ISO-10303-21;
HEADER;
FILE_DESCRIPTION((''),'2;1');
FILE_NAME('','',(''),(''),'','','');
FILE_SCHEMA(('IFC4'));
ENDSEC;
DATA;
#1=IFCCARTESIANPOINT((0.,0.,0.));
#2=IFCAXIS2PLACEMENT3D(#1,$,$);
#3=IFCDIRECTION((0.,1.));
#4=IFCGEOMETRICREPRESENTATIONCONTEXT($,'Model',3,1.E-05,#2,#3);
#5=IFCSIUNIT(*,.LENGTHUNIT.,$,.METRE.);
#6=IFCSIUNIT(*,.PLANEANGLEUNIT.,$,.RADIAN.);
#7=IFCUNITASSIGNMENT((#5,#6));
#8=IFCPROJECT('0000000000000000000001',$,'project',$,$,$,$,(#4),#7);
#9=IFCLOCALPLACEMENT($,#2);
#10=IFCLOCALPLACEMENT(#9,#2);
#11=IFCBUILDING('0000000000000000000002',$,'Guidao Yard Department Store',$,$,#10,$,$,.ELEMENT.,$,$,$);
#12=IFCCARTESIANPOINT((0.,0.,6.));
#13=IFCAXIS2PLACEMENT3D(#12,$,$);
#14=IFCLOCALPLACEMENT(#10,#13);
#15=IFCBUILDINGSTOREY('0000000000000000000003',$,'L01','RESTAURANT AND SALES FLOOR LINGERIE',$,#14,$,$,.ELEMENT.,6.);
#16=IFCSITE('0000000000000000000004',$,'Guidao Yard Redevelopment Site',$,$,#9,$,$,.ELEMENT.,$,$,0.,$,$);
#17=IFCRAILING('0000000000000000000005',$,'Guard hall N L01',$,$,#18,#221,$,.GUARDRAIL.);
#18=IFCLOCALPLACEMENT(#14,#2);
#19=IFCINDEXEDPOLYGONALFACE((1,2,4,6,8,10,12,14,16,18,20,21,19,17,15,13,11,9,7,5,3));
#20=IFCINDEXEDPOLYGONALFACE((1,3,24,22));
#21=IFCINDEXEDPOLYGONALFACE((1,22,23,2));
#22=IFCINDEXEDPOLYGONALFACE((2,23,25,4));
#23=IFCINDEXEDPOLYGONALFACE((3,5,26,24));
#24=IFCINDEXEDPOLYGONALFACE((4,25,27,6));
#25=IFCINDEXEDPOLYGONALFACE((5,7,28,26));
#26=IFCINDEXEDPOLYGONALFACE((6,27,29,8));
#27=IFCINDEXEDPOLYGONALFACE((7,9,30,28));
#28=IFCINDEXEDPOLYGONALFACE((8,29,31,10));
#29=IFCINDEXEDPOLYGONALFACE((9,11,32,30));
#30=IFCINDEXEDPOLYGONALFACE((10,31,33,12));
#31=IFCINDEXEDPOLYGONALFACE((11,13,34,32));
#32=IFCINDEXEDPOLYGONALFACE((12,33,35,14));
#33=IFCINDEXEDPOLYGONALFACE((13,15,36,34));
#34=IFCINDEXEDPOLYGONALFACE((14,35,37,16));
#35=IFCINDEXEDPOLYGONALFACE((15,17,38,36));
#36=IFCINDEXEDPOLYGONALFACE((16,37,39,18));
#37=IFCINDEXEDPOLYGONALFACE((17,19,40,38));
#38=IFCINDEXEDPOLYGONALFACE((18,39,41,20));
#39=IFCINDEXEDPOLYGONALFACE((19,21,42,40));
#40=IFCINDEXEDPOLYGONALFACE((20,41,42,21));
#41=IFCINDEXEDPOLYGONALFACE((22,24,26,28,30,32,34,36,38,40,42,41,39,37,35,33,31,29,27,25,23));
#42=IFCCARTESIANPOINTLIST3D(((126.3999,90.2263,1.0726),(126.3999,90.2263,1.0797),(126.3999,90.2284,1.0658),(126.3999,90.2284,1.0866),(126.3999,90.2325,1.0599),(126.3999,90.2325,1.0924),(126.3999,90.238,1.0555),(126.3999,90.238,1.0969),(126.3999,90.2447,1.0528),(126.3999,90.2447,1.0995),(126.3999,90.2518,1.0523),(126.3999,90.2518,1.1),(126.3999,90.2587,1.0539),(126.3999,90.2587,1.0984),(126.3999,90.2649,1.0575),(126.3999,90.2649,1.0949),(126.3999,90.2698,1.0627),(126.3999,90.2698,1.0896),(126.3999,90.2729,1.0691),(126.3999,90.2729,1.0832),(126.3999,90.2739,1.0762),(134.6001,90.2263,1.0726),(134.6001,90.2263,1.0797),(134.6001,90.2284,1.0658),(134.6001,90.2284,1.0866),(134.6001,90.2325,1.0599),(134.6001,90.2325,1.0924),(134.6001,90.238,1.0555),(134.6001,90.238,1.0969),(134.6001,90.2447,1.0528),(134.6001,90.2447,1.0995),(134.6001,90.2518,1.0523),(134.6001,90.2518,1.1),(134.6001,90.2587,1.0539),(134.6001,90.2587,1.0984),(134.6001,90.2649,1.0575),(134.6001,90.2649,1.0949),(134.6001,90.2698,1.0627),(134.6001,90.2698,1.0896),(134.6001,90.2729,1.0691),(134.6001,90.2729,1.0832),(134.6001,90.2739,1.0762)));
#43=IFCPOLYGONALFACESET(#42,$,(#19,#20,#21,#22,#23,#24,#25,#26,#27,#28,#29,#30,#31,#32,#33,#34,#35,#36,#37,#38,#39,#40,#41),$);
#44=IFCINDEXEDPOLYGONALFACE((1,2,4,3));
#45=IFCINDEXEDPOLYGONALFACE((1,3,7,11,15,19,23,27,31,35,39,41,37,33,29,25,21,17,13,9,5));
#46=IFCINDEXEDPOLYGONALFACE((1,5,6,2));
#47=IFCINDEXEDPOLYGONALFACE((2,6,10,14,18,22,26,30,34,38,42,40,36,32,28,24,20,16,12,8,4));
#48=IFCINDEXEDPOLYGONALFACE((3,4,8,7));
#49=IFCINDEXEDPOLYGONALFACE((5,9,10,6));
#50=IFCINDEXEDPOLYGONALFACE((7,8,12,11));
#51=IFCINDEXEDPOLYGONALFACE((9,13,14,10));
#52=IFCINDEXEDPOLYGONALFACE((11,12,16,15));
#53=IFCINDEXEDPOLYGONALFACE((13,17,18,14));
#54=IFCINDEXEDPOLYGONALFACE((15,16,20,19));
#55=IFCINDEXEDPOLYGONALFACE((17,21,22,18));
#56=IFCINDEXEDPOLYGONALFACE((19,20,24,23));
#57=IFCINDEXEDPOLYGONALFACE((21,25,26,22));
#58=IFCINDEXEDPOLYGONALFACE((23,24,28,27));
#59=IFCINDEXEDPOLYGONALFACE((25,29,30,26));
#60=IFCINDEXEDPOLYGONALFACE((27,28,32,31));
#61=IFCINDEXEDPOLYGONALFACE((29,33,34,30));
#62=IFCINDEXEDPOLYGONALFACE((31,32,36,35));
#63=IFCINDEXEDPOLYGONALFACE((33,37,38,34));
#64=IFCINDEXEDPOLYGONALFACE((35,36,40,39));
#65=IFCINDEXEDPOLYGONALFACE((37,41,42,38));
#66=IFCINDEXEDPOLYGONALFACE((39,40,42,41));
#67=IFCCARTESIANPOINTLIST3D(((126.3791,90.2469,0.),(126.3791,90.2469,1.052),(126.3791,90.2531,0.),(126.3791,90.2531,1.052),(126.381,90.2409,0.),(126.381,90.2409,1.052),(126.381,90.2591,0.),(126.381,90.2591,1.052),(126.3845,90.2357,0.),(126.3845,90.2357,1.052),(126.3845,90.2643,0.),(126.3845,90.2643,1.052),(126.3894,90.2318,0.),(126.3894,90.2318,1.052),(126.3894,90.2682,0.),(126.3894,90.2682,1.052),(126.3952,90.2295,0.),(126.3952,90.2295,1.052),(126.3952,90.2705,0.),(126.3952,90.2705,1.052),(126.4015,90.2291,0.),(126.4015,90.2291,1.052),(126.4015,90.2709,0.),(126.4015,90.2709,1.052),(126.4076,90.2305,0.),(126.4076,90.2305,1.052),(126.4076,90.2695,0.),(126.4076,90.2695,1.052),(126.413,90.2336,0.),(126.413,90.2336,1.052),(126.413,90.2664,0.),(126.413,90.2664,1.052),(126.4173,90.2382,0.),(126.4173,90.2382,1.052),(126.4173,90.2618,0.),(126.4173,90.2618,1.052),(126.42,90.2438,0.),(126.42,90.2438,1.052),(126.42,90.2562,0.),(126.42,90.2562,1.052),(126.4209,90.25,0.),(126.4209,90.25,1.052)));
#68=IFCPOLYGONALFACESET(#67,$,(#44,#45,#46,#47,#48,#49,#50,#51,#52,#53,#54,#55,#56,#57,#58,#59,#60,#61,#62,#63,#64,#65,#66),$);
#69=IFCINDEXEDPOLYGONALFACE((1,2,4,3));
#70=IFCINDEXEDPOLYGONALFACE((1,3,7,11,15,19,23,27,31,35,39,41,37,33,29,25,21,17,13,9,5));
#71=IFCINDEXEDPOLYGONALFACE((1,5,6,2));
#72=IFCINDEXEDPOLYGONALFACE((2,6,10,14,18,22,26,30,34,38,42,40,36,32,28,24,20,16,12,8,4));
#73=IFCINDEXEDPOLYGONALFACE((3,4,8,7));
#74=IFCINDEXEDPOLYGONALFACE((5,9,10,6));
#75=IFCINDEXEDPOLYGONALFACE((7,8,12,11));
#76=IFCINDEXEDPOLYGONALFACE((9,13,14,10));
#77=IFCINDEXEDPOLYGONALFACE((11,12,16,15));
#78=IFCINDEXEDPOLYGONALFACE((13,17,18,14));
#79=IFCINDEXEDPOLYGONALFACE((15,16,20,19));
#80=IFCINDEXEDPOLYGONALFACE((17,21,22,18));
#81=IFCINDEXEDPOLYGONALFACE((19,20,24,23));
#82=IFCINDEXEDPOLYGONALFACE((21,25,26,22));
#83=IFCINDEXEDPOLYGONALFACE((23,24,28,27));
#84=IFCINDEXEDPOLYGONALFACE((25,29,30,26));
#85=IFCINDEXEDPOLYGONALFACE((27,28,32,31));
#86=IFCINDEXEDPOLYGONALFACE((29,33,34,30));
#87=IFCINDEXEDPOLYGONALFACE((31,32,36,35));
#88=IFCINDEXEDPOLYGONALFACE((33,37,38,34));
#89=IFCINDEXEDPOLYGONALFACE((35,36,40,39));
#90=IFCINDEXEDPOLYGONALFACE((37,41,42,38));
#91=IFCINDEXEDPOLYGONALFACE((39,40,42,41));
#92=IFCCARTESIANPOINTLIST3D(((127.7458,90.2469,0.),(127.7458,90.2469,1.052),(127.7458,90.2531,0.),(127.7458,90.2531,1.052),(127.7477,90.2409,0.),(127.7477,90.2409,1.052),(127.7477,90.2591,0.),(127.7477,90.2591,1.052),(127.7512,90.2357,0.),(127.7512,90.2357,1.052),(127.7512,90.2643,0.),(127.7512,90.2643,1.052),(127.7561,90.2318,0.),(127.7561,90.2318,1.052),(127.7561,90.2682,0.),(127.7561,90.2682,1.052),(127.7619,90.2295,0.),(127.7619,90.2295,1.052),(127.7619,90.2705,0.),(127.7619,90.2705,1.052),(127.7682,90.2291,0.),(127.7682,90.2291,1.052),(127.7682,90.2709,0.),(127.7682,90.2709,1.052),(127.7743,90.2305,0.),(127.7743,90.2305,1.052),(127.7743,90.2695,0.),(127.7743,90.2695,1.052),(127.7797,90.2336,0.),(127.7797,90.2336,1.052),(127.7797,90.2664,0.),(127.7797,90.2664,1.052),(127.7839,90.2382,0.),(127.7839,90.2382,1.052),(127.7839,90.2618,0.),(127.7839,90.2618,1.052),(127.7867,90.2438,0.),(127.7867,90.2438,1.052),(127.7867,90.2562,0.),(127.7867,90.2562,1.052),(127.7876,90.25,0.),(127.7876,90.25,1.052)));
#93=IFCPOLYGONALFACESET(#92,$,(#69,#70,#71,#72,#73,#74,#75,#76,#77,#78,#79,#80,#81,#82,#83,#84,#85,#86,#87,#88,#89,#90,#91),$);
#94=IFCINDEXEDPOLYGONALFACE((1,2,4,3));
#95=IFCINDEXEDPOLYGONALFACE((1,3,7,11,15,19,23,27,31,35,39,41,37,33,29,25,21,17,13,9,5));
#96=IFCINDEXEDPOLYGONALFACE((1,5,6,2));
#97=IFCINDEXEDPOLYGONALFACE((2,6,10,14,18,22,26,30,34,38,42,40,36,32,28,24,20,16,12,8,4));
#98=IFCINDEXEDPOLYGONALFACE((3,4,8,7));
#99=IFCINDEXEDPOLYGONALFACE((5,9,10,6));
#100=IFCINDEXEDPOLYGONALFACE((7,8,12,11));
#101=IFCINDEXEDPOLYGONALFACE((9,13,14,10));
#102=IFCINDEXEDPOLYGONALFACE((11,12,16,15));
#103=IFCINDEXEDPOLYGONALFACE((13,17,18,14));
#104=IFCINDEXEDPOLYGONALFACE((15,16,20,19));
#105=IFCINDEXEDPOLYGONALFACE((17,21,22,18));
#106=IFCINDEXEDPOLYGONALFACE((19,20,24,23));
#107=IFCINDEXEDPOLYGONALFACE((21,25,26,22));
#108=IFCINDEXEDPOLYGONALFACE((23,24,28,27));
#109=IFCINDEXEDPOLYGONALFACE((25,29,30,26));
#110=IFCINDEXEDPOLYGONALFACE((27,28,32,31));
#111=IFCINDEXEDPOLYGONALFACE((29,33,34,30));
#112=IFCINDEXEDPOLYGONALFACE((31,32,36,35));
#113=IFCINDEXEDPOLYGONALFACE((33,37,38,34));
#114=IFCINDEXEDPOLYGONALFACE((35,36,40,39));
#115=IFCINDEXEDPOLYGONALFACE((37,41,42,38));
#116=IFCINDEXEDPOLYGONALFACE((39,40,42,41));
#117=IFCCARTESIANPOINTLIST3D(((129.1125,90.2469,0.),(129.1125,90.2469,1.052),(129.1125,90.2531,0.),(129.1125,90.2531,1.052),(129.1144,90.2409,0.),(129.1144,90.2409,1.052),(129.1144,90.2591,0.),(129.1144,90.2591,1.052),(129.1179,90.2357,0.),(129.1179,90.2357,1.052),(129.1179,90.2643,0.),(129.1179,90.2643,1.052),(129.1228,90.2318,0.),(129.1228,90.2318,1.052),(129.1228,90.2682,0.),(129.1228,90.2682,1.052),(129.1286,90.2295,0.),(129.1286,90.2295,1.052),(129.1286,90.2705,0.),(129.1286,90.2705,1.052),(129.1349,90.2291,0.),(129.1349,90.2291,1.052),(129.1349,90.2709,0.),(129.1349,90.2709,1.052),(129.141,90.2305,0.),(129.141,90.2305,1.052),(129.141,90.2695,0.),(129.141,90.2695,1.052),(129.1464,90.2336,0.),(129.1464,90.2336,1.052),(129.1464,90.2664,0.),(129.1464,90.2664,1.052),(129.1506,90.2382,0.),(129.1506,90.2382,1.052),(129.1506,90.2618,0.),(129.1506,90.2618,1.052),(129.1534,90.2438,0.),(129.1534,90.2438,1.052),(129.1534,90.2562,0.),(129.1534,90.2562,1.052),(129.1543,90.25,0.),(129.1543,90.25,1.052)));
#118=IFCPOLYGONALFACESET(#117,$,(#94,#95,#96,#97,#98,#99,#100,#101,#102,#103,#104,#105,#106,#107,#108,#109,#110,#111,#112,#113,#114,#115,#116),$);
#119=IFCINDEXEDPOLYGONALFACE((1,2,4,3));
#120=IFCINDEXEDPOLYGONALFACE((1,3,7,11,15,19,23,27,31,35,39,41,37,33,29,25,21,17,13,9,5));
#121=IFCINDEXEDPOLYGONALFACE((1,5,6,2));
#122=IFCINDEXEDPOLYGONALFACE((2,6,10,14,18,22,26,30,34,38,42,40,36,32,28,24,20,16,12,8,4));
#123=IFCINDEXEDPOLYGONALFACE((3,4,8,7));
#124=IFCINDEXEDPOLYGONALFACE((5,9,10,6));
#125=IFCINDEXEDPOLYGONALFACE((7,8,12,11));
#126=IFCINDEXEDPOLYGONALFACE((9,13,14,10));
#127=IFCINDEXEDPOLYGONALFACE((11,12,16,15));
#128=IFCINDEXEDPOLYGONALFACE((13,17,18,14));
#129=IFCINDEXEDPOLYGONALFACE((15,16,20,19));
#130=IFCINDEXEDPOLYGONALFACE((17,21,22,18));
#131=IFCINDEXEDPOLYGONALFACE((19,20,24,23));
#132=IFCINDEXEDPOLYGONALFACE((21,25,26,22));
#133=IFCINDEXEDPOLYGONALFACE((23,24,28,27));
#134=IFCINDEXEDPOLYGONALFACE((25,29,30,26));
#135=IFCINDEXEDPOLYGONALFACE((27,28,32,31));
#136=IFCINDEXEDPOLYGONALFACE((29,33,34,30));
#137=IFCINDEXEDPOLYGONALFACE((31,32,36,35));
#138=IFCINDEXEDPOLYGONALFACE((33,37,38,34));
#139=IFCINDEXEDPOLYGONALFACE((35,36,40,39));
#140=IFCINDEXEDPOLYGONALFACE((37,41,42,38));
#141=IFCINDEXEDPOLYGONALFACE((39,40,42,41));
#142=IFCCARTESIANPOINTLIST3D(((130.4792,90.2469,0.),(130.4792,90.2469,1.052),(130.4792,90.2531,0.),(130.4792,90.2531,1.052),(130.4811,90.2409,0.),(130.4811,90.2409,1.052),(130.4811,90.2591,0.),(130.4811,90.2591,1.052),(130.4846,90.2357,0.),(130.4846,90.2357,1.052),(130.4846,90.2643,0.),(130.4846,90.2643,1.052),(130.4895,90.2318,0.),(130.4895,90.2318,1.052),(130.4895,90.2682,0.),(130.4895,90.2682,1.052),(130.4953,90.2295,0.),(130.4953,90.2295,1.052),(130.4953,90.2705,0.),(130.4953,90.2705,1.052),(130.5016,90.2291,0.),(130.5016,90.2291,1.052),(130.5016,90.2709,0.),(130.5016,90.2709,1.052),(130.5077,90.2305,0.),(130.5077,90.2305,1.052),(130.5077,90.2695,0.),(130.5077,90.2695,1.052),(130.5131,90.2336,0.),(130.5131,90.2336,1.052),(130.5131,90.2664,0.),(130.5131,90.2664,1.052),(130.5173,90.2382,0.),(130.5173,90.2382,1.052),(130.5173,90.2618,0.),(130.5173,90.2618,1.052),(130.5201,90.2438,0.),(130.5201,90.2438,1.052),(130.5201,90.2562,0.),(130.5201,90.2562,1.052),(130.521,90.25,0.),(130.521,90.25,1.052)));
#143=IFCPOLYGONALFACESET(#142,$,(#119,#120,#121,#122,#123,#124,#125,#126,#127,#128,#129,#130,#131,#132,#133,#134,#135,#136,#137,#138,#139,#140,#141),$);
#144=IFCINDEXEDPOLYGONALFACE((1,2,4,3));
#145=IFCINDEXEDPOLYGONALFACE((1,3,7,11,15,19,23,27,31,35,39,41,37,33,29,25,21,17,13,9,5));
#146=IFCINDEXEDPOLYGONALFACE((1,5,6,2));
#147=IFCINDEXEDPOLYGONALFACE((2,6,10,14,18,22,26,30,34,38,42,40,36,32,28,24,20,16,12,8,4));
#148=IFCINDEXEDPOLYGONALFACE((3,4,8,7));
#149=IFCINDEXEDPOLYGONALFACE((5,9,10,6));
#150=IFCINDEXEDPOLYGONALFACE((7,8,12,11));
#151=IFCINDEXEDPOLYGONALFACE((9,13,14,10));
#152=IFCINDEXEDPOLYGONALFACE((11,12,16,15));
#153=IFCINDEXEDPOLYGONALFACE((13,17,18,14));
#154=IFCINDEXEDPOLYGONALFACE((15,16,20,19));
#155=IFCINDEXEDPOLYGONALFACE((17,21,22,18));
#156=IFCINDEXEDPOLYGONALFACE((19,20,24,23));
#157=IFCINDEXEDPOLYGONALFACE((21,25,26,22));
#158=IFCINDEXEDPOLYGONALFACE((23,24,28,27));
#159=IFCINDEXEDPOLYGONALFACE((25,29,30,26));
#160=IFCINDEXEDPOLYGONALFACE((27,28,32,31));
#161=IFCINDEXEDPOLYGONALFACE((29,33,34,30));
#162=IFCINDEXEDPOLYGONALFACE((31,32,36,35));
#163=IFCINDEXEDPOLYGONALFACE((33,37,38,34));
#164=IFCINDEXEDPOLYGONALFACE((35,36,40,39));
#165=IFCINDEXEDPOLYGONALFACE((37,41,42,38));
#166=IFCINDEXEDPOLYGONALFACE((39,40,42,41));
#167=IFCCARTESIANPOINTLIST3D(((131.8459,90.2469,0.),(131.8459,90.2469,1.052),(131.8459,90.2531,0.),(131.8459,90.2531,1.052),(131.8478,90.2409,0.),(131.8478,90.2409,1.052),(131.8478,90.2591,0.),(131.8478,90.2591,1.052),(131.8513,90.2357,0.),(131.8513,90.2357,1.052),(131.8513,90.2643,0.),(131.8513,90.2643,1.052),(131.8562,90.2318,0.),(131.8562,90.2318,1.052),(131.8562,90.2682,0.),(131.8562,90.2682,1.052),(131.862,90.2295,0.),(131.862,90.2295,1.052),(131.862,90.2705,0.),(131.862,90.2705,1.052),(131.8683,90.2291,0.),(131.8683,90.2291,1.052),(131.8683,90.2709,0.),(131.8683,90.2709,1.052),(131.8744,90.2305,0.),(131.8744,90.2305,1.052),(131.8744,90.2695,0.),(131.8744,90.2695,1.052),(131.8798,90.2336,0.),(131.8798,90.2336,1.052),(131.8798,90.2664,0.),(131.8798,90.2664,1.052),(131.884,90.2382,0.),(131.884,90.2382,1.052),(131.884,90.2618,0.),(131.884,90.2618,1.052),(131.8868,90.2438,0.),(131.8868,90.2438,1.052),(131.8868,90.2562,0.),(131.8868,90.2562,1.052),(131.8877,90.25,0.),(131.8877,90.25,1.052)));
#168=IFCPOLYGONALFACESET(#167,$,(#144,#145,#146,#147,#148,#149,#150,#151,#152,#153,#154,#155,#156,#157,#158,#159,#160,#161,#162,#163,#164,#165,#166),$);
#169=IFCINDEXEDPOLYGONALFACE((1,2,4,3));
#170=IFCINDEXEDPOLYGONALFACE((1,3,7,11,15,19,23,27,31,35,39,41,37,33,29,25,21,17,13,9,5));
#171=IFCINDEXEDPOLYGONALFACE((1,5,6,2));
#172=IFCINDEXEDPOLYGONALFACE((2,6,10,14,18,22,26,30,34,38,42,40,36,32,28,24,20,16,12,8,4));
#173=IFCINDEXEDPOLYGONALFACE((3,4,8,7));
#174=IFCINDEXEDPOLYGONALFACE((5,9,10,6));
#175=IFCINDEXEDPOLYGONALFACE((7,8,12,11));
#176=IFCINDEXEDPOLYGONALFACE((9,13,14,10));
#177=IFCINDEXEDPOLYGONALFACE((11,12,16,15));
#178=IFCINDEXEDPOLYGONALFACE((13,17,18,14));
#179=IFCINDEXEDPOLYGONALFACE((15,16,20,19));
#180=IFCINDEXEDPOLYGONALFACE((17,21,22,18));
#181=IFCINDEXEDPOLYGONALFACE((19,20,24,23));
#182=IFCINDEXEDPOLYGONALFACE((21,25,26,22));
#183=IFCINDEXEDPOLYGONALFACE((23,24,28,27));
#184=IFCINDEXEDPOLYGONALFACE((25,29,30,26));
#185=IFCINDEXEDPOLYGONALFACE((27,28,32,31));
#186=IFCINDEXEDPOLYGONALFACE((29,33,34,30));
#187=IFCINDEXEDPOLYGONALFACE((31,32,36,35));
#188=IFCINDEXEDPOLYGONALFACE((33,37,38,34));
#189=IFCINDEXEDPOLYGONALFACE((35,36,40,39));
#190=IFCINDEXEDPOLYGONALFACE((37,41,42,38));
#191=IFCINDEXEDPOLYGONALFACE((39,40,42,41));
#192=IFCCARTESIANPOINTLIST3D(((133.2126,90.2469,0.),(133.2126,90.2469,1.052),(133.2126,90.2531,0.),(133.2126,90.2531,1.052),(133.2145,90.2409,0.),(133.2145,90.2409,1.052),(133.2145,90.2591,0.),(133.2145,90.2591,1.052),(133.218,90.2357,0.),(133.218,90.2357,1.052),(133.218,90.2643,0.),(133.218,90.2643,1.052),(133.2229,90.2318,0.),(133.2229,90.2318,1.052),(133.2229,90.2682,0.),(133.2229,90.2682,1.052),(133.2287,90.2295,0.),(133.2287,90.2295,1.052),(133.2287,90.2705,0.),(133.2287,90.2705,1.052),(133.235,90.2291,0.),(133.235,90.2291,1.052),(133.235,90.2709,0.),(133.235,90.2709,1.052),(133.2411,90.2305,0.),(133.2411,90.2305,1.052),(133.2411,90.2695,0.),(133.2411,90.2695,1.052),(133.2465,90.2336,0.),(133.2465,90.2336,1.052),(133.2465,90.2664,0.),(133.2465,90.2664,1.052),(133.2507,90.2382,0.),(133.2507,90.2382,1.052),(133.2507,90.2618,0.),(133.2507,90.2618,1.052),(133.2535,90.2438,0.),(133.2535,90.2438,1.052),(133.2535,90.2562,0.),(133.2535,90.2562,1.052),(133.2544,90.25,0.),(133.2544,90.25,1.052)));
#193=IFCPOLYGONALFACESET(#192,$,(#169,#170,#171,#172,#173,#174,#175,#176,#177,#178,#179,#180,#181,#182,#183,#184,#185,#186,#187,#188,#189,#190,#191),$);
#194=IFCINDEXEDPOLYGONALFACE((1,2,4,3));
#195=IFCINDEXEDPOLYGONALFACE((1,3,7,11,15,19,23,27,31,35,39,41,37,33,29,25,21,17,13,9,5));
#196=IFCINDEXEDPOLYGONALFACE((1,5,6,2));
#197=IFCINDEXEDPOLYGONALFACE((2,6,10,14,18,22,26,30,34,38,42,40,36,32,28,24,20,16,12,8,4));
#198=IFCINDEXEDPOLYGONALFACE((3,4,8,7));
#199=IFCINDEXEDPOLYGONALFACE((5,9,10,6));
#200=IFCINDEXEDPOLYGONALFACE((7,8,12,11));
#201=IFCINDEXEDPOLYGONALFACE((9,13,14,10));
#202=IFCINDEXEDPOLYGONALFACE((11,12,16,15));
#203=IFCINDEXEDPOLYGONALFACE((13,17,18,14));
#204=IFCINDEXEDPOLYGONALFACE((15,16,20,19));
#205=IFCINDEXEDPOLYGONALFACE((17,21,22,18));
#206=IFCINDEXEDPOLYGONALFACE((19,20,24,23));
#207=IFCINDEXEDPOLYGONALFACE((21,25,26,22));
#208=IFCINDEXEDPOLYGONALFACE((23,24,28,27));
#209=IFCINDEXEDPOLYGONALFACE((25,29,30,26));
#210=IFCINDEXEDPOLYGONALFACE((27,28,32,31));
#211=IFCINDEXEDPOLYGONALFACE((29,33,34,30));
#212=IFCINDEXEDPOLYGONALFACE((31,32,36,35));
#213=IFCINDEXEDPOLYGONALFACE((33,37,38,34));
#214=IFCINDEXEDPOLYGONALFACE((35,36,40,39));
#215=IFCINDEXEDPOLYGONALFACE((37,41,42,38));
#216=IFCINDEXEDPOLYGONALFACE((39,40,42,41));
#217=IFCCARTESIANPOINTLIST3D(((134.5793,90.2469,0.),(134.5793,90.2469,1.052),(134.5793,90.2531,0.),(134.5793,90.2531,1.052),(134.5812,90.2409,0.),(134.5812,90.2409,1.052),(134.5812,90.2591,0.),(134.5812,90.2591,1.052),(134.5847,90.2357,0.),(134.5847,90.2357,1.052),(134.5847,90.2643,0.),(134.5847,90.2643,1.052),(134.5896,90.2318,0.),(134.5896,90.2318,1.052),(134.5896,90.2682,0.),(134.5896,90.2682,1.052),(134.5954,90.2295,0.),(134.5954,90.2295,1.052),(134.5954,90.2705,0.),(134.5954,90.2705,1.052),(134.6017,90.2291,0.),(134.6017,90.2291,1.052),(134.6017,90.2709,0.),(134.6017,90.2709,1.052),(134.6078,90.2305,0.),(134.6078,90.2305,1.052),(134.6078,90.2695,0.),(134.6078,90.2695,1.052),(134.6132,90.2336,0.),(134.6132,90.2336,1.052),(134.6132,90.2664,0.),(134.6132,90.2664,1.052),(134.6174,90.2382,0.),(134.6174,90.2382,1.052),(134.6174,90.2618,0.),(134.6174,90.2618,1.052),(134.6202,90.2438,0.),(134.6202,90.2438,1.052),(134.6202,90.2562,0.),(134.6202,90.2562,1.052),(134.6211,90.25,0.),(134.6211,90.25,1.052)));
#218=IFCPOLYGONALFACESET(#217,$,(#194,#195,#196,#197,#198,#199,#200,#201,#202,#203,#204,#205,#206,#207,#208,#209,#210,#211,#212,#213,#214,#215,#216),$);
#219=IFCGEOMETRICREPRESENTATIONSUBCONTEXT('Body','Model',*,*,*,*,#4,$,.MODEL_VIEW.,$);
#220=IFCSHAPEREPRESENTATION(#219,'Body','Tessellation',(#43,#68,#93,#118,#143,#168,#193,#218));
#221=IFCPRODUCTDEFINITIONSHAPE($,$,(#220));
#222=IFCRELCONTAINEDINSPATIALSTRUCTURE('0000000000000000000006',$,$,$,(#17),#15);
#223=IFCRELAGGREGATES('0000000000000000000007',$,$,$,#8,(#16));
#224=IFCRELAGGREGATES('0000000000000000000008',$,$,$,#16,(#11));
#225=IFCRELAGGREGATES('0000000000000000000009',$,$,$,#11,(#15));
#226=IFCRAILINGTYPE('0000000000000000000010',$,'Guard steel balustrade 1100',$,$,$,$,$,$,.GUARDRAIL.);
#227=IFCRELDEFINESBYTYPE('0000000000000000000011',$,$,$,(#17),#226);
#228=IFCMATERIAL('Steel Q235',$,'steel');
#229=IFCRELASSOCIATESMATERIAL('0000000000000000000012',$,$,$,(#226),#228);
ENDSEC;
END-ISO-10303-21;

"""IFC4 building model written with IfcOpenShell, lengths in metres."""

from ifc_helpers import new_model, si_unit, direction, frame, origin, origin_2d, place, context, subcontext, project, spatial, circle, extrude, material, type_object, element, save


model = new_model("IFC4")

# Units and contexts
model_context = context("Model", 3, precision=1e-05, world=origin(), true_north=direction((0.0, 1.0)))
body_context = subcontext(model_context, "Body", "Model", "MODEL_VIEW")
ifc_project = project(units=[si_unit("LENGTHUNIT", "METRE"), si_unit("PLANEANGLEUNIT", "RADIAN")], contexts=[model_context])

# Site, building, storey
site_placement = place(None, origin())
site = spatial("IfcSite", under=ifc_project, at=site_placement, Name="Guidao Yard Redevelopment Site", CompositionType="ELEMENT", RefElevation=0.0)
building_placement = place(site_placement, origin())
building = spatial("IfcBuilding", under=site, at=building_placement, Name="Guidao Yard Department Store", CompositionType="ELEMENT")
storey_placement = place(building_placement, frame((0.0, 0.0, 6.0)))
storey = spatial("IfcBuildingStorey", under=building, at=storey_placement, Name="L01", Description="RESTAURANT AND SALES FLOOR LINGERIE", CompositionType="ELEMENT", Elevation=6.0)

# Railing
ifc_material_1 = material(Name="Steel Q235", Category="steel")
railing_type = type_object("IfcRailingType", Name="Guard steel balustrade 1100", PredefinedType="GUARDRAIL", material=ifc_material_1)
for number, where, name in (
    (1, (126.3999, 90.25, 0.0), "Guard hall N L01"),
):
    element("IfcRailing", number, at=place(storey_placement, frame(where)), inside=storey, type_object=railing_type, Name=name, PredefinedType="GUARDRAIL", context=body_context, shape_type="SweptSolid", body=[
        extrude(circle(Radius=0.0239, at=origin_2d()), frame((0.0, 0.0, 1.0762), z_axis=(1.0, 0.0, 0.0), x_axis=(0.0, 1.0, 0.0)), (0.0, 0.0, 1.0), 8.2002),
        extrude(circle(Radius=0.021, at=origin_2d()), origin(), (0.0, 0.0, 1.0), 1.052),
        extrude(circle(Radius=0.021, at=origin_2d()), frame((1.3667, 0.0, 0.0)), (0.0, 0.0, 1.0), 1.052),
        extrude(circle(Radius=0.021, at=origin_2d()), frame((2.7334, 0.0, 0.0)), (0.0, 0.0, 1.0), 1.052),
        extrude(circle(Radius=0.021, at=origin_2d()), frame((4.1001, 0.0, 0.0)), (0.0, 0.0, 1.0), 1.052),
        extrude(circle(Radius=0.021, at=origin_2d()), frame((5.4668, 0.0, 0.0)), (0.0, 0.0, 1.0), 1.052),
        extrude(circle(Radius=0.021, at=origin_2d()), frame((6.8335, 0.0, 0.0)), (0.0, 0.0, 1.0), 1.052),
        extrude(circle(Radius=0.021, at=origin_2d()), frame((8.2002, 0.0, 0.0)), (0.0, 0.0, 1.0), 1.052),
    ])

save(model, "model.ifc")
